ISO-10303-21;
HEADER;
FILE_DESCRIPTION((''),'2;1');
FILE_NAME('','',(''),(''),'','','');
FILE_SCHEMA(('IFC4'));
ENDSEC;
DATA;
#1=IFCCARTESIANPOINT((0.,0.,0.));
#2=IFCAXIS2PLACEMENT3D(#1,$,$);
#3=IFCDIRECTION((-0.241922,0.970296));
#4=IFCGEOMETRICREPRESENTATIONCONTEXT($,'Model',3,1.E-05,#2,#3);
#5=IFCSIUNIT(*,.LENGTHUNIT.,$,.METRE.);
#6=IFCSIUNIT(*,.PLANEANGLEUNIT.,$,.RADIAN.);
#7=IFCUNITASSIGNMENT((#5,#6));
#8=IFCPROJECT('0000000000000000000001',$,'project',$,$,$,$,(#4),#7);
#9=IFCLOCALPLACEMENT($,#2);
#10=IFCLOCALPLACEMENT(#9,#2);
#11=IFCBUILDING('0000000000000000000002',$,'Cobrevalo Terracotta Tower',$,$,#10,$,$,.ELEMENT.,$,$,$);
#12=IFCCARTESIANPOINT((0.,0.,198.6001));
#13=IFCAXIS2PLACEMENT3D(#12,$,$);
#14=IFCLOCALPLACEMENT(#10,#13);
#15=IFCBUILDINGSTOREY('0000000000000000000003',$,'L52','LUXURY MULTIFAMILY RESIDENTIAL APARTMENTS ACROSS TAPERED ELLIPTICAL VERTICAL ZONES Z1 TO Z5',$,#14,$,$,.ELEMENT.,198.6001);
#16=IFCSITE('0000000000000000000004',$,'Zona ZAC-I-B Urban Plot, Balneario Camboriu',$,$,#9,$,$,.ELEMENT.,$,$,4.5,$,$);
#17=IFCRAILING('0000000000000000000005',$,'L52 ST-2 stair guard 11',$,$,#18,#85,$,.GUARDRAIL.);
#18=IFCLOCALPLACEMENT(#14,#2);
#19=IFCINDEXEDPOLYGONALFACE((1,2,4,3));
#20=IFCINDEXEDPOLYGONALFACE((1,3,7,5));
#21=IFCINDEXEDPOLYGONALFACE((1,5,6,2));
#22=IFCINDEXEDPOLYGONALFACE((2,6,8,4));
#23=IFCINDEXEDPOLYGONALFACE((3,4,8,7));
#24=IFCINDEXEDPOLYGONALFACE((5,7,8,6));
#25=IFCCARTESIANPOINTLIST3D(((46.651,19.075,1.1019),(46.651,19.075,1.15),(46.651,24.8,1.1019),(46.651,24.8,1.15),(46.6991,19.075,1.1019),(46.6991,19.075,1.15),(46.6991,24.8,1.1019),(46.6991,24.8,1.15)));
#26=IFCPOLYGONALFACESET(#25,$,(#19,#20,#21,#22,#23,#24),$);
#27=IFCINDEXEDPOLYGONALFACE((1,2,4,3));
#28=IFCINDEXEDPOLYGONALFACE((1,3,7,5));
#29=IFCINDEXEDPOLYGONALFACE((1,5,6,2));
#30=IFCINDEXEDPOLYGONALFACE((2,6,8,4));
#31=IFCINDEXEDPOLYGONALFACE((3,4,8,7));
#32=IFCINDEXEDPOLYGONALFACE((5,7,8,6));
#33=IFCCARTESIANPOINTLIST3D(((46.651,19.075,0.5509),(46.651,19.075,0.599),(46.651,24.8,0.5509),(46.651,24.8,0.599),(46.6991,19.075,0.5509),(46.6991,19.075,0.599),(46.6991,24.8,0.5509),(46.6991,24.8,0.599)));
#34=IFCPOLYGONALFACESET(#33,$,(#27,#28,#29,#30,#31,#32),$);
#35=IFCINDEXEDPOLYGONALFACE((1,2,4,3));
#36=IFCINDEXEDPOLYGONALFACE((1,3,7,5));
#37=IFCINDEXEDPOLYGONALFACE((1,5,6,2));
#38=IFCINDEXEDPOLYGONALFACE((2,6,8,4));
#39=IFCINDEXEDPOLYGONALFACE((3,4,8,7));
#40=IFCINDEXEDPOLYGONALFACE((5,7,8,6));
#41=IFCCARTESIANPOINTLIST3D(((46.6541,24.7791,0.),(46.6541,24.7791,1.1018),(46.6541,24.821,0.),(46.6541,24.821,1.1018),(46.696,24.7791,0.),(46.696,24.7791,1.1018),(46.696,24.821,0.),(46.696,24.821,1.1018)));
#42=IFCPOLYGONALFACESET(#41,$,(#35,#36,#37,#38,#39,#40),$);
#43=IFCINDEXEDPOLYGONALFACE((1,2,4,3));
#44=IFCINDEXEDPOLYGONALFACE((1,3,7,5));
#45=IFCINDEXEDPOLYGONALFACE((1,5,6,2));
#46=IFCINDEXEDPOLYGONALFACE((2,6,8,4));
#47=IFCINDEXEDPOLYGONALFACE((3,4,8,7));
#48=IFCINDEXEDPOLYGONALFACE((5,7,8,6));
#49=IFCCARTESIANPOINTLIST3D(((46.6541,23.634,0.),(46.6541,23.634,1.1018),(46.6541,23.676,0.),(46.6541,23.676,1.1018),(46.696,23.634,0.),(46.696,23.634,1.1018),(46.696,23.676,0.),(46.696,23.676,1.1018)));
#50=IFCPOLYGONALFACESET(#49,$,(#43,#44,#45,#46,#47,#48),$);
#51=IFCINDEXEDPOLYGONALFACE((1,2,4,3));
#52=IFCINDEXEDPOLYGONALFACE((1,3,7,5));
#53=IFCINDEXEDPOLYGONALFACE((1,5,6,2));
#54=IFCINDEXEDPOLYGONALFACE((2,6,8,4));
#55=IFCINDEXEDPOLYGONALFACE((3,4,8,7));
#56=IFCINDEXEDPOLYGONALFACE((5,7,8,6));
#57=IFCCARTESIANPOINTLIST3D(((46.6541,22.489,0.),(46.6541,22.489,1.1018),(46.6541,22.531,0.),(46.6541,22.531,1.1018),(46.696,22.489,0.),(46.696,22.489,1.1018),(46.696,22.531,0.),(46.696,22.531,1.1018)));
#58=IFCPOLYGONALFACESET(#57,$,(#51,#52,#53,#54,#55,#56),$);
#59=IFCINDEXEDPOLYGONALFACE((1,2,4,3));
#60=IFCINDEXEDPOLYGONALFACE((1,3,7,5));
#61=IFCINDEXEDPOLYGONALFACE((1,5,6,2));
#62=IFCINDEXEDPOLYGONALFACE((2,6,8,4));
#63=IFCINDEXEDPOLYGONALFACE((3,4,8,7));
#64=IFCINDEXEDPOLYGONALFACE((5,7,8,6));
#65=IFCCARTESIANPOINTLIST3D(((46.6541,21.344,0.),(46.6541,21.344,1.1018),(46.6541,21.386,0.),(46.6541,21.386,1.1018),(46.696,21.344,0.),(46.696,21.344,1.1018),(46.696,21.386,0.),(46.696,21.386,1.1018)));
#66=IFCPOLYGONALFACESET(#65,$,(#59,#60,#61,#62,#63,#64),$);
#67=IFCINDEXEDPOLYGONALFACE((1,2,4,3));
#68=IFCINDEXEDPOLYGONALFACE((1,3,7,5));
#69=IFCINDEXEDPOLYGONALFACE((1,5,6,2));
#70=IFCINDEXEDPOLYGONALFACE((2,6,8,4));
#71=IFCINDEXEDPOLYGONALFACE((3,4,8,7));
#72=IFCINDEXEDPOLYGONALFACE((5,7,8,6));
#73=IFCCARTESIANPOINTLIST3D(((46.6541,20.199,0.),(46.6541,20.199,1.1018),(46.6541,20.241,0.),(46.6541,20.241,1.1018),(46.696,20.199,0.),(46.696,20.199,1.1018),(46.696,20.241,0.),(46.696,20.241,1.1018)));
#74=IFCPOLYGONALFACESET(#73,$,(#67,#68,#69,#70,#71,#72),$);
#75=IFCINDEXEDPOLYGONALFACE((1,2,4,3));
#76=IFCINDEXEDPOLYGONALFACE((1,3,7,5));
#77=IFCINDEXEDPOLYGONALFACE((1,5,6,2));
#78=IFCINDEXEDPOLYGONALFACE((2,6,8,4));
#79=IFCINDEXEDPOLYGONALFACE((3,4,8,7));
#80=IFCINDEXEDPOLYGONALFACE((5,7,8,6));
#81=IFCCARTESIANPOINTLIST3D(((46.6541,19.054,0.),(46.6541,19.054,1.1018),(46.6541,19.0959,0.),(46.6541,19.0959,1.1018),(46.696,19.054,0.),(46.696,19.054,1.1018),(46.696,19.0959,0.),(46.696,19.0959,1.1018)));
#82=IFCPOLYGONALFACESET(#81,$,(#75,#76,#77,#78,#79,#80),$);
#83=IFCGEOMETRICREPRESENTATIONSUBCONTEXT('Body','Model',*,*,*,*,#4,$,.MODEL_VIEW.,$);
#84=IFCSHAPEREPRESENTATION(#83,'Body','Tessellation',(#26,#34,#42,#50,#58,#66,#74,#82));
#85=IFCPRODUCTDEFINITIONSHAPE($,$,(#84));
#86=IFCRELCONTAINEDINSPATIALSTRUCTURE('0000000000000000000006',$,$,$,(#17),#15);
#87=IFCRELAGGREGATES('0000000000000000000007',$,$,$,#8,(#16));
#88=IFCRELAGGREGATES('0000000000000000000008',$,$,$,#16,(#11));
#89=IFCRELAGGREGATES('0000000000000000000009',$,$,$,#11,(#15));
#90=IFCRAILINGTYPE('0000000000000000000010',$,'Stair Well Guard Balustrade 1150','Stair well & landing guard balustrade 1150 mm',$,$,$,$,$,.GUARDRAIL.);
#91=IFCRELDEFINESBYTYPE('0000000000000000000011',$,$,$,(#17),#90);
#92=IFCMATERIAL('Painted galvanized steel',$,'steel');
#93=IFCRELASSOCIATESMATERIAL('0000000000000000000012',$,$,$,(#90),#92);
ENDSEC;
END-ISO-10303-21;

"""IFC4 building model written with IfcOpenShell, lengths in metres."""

from ifc_helpers import new_model, si_unit, direction, frame, origin, origin_2d, place, context, subcontext, project, spatial, rectangle, extrude, material, type_object, element, save


model = new_model("IFC4")

# Units and contexts
model_context = context("Model", 3, precision=1e-05, world=origin(), true_north=direction((-0.241922, 0.970296)))
body_context = subcontext(model_context, "Body", "Model", "MODEL_VIEW")
ifc_project = project(units=[si_unit("LENGTHUNIT", "METRE"), si_unit("PLANEANGLEUNIT", "RADIAN")], contexts=[model_context])

# Site, building, storey
site_placement = place(None, origin())
site = spatial("IfcSite", under=ifc_project, at=site_placement, Name="Zona ZAC-I-B Urban Plot, Balneario Camboriu", CompositionType="ELEMENT", RefElevation=4.5)
building_placement = place(site_placement, origin())
building = spatial("IfcBuilding", under=site, at=building_placement, Name="Cobrevalo Terracotta Tower", CompositionType="ELEMENT")
storey_placement = place(building_placement, frame((0.0, 0.0, 198.6001)))
storey = spatial("IfcBuildingStorey", under=building, at=storey_placement, Name="L52", Description="LUXURY MULTIFAMILY RESIDENTIAL APARTMENTS ACROSS TAPERED ELLIPTICAL VERTICAL ZONES Z1 TO Z5", CompositionType="ELEMENT", Elevation=198.6001)

# Railing
ifc_material_1 = material(Name="Painted galvanized steel", Category="steel")
railing_type_1 = type_object("IfcRailingType", Name="Stair Well Guard Balustrade 1150", Description="Stair well & landing guard balustrade 1150 mm", PredefinedType="GUARDRAIL", material=ifc_material_1)
for number, where, name in (
    (1, (46.675, 24.8, 0.0), "L52 ST-2 stair guard 11"),
):
    element("IfcRailing", number, at=place(storey_placement, frame(where)), inside=storey, type_object=railing_type_1, Name=name, PredefinedType="GUARDRAIL", context=body_context, shape_type="SweptSolid", body=[
        extrude(rectangle(XDim=0.0481, YDim=0.0481, at=origin_2d()), frame((0.0, 0.0, 1.126), z_axis=(0.0, -1.0, 0.0), x_axis=(1.0, 0.0, 0.0)), (0.0, 0.0, 1.0), 5.7251),
        extrude(rectangle(XDim=0.0481, YDim=0.0481, at=origin_2d()), frame((0.0, 0.0, 0.575), z_axis=(0.0, -1.0, 0.0), x_axis=(1.0, 0.0, 0.0)), (0.0, 0.0, 1.0), 5.7251),
        extrude(rectangle(XDim=0.042, YDim=0.042, at=origin_2d()), origin(), (0.0, 0.0, 1.0), 1.1018),
        extrude(rectangle(XDim=0.042, YDim=0.042, at=origin_2d()), frame((0.0, -1.145, 0.0)), (0.0, 0.0, 1.0), 1.1018),
        extrude(rectangle(XDim=0.042, YDim=0.042, at=origin_2d()), frame((0.0, -2.29, 0.0)), (0.0, 0.0, 1.0), 1.1018),
        extrude(rectangle(XDim=0.042, YDim=0.042, at=origin_2d()), frame((0.0, -3.4351, 0.0)), (0.0, 0.0, 1.0), 1.1018),
        extrude(rectangle(XDim=0.042, YDim=0.042, at=origin_2d()), frame((0.0, -4.5801, 0.0)), (0.0, 0.0, 1.0), 1.1018),
        extrude(rectangle(XDim=0.042, YDim=0.042, at=origin_2d()), frame((0.0, -5.7251, 0.0)), (0.0, 0.0, 1.0), 1.1018),
    ])

save(model, "model.ifc")
